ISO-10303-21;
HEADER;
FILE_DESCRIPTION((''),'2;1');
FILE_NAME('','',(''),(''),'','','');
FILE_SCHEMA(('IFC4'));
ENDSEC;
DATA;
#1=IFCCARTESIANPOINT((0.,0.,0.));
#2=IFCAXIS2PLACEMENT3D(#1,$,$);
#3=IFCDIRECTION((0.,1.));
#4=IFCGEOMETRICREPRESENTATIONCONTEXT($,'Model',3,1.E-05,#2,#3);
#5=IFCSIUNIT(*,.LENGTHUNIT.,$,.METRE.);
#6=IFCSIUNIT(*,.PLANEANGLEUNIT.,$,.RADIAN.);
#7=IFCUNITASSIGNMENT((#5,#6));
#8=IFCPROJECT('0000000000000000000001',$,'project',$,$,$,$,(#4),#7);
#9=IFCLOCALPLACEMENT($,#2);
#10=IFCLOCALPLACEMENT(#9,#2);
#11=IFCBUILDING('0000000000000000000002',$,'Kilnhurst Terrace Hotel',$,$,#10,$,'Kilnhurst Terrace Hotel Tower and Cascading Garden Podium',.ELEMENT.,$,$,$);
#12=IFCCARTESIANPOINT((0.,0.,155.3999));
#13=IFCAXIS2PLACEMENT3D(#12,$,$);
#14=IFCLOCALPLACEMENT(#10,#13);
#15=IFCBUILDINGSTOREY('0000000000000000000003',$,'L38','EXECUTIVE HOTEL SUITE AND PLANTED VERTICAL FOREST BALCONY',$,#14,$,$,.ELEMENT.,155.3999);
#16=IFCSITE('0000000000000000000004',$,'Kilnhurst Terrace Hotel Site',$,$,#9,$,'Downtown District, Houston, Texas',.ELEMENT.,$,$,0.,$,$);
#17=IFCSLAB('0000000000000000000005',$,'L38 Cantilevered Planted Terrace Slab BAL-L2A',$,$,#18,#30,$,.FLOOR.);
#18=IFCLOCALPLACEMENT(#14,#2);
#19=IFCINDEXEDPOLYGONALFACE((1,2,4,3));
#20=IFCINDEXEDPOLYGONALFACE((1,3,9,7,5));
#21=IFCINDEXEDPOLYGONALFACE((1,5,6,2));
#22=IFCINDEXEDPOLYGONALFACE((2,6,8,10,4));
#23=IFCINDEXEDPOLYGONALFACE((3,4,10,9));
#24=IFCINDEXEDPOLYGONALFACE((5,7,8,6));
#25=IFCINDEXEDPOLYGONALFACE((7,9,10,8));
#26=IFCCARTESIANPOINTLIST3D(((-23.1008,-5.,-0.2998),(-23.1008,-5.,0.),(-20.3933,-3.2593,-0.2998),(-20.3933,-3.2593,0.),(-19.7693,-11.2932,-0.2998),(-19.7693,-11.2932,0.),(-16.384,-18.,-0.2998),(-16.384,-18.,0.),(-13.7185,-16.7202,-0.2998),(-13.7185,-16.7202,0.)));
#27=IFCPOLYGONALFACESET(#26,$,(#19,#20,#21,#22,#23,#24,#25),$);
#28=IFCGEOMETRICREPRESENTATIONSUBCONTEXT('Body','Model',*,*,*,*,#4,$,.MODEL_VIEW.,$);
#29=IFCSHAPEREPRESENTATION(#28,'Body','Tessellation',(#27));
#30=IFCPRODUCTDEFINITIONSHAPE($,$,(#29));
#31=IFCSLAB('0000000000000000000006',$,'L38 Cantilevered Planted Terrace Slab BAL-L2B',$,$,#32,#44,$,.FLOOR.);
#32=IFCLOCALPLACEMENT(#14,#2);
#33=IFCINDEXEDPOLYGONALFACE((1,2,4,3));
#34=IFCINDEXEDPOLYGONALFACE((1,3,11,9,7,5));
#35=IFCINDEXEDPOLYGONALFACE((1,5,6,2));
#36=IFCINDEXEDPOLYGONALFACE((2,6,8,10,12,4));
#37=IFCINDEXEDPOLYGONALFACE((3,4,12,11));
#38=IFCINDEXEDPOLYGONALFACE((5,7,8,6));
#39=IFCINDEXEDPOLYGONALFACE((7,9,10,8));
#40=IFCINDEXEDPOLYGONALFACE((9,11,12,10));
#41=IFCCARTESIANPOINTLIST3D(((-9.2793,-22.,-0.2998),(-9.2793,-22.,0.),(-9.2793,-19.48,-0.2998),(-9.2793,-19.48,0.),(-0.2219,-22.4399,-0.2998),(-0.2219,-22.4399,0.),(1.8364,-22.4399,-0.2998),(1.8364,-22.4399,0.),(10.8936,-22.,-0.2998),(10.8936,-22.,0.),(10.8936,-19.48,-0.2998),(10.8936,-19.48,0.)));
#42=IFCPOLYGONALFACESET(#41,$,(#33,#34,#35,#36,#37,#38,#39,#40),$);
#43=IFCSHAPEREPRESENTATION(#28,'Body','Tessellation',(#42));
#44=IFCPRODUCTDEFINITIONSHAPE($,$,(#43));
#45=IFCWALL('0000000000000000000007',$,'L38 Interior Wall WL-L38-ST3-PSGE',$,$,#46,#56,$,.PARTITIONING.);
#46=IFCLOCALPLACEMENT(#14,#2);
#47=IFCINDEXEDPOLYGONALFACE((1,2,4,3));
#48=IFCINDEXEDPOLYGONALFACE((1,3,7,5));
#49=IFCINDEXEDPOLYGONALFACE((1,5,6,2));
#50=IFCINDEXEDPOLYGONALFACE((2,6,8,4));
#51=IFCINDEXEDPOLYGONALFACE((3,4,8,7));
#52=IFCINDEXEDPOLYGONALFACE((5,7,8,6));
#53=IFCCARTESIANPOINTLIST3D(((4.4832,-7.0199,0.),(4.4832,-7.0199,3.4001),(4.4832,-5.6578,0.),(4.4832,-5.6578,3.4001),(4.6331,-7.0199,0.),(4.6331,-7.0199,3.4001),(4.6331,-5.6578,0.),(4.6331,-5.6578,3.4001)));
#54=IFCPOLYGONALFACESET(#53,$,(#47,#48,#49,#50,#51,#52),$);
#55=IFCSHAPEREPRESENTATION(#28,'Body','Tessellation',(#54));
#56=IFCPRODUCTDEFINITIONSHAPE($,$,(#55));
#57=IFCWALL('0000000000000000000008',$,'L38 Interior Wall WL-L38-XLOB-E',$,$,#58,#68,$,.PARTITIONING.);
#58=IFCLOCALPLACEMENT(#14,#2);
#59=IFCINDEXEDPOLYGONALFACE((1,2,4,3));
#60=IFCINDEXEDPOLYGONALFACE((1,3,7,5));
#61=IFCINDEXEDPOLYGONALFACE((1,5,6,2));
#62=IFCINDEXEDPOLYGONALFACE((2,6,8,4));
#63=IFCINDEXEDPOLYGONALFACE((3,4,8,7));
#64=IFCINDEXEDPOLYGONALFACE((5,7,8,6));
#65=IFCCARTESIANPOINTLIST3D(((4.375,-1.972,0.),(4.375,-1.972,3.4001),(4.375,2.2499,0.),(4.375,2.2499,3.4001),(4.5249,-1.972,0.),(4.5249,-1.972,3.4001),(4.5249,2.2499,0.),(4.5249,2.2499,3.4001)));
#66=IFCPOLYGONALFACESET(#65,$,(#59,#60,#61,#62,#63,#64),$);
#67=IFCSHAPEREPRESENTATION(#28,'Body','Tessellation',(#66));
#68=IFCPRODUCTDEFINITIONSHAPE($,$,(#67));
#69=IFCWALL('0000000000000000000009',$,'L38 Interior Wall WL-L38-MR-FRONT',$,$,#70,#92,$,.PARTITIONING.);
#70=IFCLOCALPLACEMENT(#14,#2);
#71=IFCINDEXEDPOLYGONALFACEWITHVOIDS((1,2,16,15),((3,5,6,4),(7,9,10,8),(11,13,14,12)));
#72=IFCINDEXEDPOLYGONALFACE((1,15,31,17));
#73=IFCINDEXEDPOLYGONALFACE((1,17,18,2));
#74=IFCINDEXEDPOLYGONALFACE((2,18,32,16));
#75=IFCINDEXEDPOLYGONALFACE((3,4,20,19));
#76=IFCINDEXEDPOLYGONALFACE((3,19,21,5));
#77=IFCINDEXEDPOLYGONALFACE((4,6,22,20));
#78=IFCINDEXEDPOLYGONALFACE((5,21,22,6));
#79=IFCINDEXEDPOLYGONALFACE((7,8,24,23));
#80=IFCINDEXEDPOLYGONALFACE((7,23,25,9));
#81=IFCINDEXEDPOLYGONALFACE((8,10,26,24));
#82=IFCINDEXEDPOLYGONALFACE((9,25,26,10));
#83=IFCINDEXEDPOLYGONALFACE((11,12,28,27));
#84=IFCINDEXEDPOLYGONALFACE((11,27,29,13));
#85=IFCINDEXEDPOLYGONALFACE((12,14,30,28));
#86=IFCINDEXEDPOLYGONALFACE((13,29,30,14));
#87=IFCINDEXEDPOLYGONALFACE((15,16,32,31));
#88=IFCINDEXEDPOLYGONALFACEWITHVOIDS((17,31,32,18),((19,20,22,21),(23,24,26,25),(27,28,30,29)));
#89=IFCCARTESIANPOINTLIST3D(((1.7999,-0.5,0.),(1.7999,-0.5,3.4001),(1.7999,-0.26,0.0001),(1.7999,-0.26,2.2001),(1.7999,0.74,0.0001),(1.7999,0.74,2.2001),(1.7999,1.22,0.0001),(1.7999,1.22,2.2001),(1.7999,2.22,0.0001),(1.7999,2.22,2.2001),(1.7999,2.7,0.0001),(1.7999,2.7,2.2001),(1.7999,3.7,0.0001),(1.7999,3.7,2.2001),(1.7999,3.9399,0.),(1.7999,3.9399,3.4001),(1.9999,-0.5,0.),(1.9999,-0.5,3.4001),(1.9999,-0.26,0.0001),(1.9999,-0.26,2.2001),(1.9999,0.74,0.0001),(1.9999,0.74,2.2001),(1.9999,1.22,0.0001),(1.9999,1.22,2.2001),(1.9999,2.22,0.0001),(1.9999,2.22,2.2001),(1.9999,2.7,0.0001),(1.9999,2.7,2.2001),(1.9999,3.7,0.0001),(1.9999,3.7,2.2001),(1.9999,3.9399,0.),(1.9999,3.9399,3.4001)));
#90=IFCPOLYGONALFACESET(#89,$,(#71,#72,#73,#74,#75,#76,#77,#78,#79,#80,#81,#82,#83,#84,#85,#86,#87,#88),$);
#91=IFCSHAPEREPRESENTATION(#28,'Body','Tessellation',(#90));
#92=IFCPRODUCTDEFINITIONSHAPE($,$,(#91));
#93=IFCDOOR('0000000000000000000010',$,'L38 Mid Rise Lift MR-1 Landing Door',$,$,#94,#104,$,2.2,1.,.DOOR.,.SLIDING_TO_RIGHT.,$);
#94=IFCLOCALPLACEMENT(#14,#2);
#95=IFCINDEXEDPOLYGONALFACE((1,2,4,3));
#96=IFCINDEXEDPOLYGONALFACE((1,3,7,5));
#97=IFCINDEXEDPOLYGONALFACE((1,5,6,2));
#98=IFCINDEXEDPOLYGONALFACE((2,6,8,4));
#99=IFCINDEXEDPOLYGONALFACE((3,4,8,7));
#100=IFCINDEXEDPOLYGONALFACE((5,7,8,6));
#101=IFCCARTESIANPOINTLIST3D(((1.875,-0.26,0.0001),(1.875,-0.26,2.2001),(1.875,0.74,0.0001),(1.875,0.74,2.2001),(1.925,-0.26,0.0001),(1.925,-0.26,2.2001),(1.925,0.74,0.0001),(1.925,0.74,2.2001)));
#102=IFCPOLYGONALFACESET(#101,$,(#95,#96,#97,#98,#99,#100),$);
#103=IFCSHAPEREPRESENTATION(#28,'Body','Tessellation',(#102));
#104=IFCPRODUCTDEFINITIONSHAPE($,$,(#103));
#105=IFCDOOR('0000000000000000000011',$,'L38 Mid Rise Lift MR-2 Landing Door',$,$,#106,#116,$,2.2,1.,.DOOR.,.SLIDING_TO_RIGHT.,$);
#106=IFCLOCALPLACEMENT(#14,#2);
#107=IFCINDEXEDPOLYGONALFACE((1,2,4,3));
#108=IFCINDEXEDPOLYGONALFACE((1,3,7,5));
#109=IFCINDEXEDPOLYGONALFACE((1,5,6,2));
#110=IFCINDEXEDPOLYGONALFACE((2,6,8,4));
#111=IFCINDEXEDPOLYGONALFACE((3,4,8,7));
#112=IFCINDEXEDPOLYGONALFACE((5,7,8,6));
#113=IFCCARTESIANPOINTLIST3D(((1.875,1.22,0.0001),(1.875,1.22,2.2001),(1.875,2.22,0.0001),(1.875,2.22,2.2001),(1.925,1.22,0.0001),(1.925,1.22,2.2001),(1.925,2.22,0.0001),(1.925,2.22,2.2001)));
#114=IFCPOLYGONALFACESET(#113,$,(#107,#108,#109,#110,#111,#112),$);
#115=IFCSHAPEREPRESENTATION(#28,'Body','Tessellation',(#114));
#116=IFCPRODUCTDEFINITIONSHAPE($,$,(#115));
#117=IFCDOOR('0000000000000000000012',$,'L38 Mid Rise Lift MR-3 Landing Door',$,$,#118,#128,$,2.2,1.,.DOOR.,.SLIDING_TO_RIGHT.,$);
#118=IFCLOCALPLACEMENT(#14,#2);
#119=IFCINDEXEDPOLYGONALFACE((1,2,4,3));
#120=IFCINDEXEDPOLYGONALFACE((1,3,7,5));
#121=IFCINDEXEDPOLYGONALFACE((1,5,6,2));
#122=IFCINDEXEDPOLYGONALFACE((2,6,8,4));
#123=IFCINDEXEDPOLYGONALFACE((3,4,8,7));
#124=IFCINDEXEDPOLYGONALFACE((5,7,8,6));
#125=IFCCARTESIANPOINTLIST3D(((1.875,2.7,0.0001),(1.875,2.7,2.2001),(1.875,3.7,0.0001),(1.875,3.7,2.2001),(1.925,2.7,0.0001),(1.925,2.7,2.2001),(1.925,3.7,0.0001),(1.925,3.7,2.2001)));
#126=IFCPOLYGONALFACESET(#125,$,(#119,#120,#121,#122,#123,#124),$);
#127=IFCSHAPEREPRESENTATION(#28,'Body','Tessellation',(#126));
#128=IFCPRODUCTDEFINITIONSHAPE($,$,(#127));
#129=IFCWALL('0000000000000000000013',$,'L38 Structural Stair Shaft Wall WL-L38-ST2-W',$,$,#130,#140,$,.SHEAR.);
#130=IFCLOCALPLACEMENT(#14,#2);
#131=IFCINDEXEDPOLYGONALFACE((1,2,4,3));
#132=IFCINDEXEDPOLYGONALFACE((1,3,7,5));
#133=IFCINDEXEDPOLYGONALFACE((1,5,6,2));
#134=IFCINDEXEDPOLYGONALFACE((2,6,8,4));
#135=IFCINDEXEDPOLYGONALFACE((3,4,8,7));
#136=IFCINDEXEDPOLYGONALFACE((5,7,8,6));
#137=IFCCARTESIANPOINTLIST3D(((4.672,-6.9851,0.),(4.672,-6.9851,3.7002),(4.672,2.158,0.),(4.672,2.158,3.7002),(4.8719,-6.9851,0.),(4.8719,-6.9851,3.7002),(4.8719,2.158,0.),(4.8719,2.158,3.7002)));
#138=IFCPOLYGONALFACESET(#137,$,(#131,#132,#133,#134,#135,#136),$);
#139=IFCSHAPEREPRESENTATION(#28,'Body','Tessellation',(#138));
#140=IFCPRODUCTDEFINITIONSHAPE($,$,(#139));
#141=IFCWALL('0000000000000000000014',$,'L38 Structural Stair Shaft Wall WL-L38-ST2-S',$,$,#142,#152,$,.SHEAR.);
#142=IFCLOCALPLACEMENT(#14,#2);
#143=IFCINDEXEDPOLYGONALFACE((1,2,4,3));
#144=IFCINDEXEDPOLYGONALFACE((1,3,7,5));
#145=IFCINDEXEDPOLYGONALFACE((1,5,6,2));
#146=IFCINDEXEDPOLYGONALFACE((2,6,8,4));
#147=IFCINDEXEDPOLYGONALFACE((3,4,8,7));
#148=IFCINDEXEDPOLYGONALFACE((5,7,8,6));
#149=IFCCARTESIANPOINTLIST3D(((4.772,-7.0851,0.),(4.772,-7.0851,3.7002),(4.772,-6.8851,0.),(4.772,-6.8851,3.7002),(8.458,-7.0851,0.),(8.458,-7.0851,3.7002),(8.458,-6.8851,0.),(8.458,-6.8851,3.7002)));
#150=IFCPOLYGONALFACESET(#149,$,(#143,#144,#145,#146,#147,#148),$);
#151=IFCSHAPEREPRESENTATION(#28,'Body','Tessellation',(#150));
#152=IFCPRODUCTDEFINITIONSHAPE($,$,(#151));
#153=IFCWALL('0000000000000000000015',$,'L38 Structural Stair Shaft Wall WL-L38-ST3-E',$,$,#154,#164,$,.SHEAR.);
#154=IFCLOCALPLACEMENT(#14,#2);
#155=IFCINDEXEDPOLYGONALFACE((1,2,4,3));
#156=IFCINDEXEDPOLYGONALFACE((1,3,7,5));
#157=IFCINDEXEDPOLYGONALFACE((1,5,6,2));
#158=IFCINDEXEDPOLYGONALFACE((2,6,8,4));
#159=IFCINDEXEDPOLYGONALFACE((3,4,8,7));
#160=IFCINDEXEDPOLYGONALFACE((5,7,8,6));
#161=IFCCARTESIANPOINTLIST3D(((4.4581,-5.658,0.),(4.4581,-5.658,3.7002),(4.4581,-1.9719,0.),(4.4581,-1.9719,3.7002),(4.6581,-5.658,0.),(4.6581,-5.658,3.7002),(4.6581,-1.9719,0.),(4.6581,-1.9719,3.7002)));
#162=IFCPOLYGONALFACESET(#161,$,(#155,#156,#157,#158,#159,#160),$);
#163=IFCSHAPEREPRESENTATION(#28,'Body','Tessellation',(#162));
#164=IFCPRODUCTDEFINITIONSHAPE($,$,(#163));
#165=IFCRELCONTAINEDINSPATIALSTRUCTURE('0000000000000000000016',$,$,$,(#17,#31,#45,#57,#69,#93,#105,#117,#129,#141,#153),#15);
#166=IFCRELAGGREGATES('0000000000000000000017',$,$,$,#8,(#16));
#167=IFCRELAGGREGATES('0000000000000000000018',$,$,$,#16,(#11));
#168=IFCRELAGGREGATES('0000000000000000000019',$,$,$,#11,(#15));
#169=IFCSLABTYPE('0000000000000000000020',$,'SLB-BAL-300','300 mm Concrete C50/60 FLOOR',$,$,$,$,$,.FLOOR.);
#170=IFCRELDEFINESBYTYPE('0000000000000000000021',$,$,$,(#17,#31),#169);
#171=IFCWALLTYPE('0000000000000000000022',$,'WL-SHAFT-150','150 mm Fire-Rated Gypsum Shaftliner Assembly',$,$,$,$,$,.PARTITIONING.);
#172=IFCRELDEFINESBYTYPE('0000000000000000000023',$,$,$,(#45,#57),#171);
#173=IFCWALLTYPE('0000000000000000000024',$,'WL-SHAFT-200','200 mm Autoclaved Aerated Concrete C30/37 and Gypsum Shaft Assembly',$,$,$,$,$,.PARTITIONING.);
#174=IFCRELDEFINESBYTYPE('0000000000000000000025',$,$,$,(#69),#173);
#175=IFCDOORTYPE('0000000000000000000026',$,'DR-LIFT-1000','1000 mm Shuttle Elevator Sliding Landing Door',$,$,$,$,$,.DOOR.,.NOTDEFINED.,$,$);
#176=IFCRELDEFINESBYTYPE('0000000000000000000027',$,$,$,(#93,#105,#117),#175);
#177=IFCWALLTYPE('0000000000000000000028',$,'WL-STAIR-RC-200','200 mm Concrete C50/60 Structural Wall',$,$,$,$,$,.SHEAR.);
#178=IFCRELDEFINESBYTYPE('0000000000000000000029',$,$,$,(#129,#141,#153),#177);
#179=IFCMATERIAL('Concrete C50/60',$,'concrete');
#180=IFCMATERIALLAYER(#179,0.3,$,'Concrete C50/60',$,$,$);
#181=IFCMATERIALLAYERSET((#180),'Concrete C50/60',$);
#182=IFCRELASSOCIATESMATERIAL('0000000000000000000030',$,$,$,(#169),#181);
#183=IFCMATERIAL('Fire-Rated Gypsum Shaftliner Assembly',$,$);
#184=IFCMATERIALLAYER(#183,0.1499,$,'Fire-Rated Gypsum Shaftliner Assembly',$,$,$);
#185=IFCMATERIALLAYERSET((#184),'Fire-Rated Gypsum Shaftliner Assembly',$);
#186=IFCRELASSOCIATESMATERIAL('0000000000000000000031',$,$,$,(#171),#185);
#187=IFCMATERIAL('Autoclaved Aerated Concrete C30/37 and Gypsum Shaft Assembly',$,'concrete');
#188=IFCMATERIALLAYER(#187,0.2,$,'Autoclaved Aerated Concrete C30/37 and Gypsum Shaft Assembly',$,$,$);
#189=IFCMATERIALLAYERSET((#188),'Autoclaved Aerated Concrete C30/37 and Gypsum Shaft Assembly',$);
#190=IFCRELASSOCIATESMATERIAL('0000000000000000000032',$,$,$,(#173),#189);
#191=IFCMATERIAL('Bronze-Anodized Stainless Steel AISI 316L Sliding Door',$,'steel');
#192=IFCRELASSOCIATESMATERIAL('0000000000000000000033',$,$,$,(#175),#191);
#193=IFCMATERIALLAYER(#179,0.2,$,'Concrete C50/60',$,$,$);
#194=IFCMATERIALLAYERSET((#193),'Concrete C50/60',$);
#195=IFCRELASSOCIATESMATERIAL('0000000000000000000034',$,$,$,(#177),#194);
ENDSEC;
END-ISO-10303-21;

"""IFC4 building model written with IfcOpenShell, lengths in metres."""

from ifc_helpers import new_model, si_unit, direction, frame, frame_2d, origin, place, context, subcontext, project, spatial, polyline, rectangle, outline, extrude, material, layer, layer_set, type_object, element, fill, save


model = new_model("IFC4")

# Units and contexts
model_context = context("Model", 3, precision=1e-05, world=origin(), true_north=direction((0.0, 1.0)))
body_context = subcontext(model_context, "Body", "Model", "MODEL_VIEW")
ifc_project = project(units=[si_unit("LENGTHUNIT", "METRE"), si_unit("PLANEANGLEUNIT", "RADIAN")], contexts=[model_context])

# Site, building, storey
site_placement = place(None, origin())
site = spatial("IfcSite", under=ifc_project, at=site_placement, Name="Kilnhurst Terrace Hotel Site", LongName="Downtown District, Houston, Texas", CompositionType="ELEMENT", RefElevation=0.0)
building_placement = place(site_placement, origin())
building = spatial("IfcBuilding", under=site, at=building_placement, Name="Kilnhurst Terrace Hotel", LongName="Kilnhurst Terrace Hotel Tower and Cascading Garden Podium", CompositionType="ELEMENT")
storey_placement = place(building_placement, frame((0.0, 0.0, 155.3999)))
storey = spatial("IfcBuildingStorey", under=building, at=storey_placement, Name="L38", Description="EXECUTIVE HOTEL SUITE AND PLANTED VERTICAL FOREST BALCONY", CompositionType="ELEMENT", Elevation=155.3999)

# Slabs
ifc_material_1 = material(Name="Concrete C50/60", Category="concrete")
ifc_layer_1 = layer(ifc_material_1, 0.3, Name="Concrete C50/60")
ifc_layer_set_1 = layer_set([ifc_layer_1], Name="Concrete C50/60")
slab_type = type_object("IfcSlabType", Name="SLB-BAL-300", Description="300 mm Concrete C50/60 FLOOR", PredefinedType="FLOOR", material=ifc_layer_set_1)
slab_1_placement = place(storey_placement, frame((0.0, 0.0, -0.2998)))
element("IfcSlab", 1, at=slab_1_placement, inside=storey, type_object=slab_type, Name="L38 Cantilevered Planted Terrace Slab BAL-L2A", PredefinedType="FLOOR", context=body_context, shape_type="SweptSolid", body=[
    extrude(outline(polyline([(-23.1008, -5.0), (-20.3933, -3.2593), (-13.7185, -16.7202), (-16.384, -18.0), (-19.7693, -11.2932), (-23.1008, -5.0)])), origin(), (0.0, 0.0, 1.0), 0.2998),
])
slab_2_placement = place(storey_placement, frame((0.0, 0.0, -0.2998)))
element("IfcSlab", 2, at=slab_2_placement, inside=storey, type_object=slab_type, Name="L38 Cantilevered Planted Terrace Slab BAL-L2B", PredefinedType="FLOOR", context=body_context, shape_type="SweptSolid", body=[
    extrude(outline(polyline([(-0.2219, -22.4399), (-9.2793, -22.0), (-9.2793, -19.48), (10.8936, -19.48), (10.8936, -22.0), (1.8364, -22.4399), (-0.2219, -22.4399)])), origin(), (0.0, 0.0, 1.0), 0.2998),
])

# Walls
ifc_material_2 = material(Name="Fire-Rated Gypsum Shaftliner Assembly")
ifc_layer_2 = layer(ifc_material_2, 0.1499, Name="Fire-Rated Gypsum Shaftliner Assembly")
ifc_layer_set_2 = layer_set([ifc_layer_2], Name="Fire-Rated Gypsum Shaftliner Assembly")
wall_type_1 = type_object("IfcWallType", Name="WL-SHAFT-150", Description="150 mm Fire-Rated Gypsum Shaftliner Assembly", PredefinedType="PARTITIONING", material=ifc_layer_set_2)
wall_1_placement = place(storey_placement, frame((4.5581, -7.02, 0.0), z_axis=(0.0, 0.0, 1.0), x_axis=(0.0, 1.0, 0.0)))
element("IfcWall", 3, at=wall_1_placement, inside=storey, type_object=wall_type_1, Name="L38 Interior Wall WL-L38-ST3-PSGE", PredefinedType="PARTITIONING", context=body_context, shape_type="SweptSolid", body=[
    extrude(rectangle(XDim=1.3621, YDim=0.1499, at=frame_2d((0.6812, 0.0))), origin(), (0.0, 0.0, 1.0), 3.4001),
])
wall_2_placement = place(storey_placement, frame((4.45, -1.9719, 0.0), z_axis=(0.0, 0.0, 1.0), x_axis=(0.0, 1.0, 0.0)))
element("IfcWall", 4, at=wall_2_placement, inside=storey, type_object=wall_type_1, Name="L38 Interior Wall WL-L38-XLOB-E", PredefinedType="PARTITIONING", context=body_context, shape_type="SweptSolid", body=[
    extrude(rectangle(XDim=4.2219, YDim=0.1499, at=frame_2d((2.1108, 0.0))), origin(), (0.0, 0.0, 1.0), 3.4001),
])

# Wall, openings, doors
ifc_material_3 = material(Name="Autoclaved Aerated Concrete C30/37 and Gypsum Shaft Assembly", Category="concrete")
ifc_layer_3 = layer(ifc_material_3, 0.2, Name="Autoclaved Aerated Concrete C30/37 and Gypsum Shaft Assembly")
ifc_layer_set_3 = layer_set([ifc_layer_3], Name="Autoclaved Aerated Concrete C30/37 and Gypsum Shaft Assembly")
wall_type_2 = type_object("IfcWallType", Name="WL-SHAFT-200", Description="200 mm Autoclaved Aerated Concrete C30/37 and Gypsum Shaft Assembly", PredefinedType="PARTITIONING", material=ifc_layer_set_3)
wall_3_placement = place(storey_placement, frame((1.8999, -0.5, 0.0), z_axis=(0.0, 0.0, 1.0), x_axis=(0.0, 1.0, 0.0)))
wall_3 = element("IfcWall", 5, at=wall_3_placement, inside=storey, type_object=wall_type_2, Name="L38 Interior Wall WL-L38-MR-FRONT", PredefinedType="PARTITIONING", context=body_context, shape_type="SweptSolid", body=[
    extrude(rectangle(XDim=4.4399, YDim=0.2, at=frame_2d((2.22, 0.0))), origin(), (0.0, 0.0, 1.0), 3.4001),
])
opening_1_placement = place(wall_3_placement, frame((0.24, 0.0, 0.0)))
opening_1 = element("IfcOpeningElement", 6, at=opening_1_placement, cuts=wall_3, PredefinedType="OPENING", context=body_context, shape_type="SweptSolid", body=[
    extrude(rectangle(XDim=1.0, YDim=2.2, at=frame_2d((0.5, 1.1001))), frame((0.0, 0.1099, 0.0), z_axis=(0.0, -1.0, 0.0), x_axis=(1.0, 0.0, 0.0)), (0.0, 0.0, 1.0), 0.22),
])
opening_2_placement = place(wall_3_placement, frame((1.72, 0.0, 0.0)))
opening_2 = element("IfcOpeningElement", 7, at=opening_2_placement, cuts=wall_3, PredefinedType="OPENING", context=body_context, shape_type="SweptSolid", body=[
    extrude(rectangle(XDim=1.0, YDim=2.2, at=frame_2d((0.5, 1.1001))), frame((0.0, 0.1099, 0.0), z_axis=(0.0, -1.0, 0.0), x_axis=(1.0, 0.0, 0.0)), (0.0, 0.0, 1.0), 0.22),
])
opening_3_placement = place(wall_3_placement, frame((3.2, 0.0, 0.0)))
opening_3 = element("IfcOpeningElement", 8, at=opening_3_placement, cuts=wall_3, PredefinedType="OPENING", context=body_context, shape_type="SweptSolid", body=[
    extrude(rectangle(XDim=1.0, YDim=2.2, at=frame_2d((0.5, 1.1001))), frame((0.0, 0.1099, 0.0), z_axis=(0.0, -1.0, 0.0), x_axis=(1.0, 0.0, 0.0)), (0.0, 0.0, 1.0), 0.22),
])
ifc_material_4 = material(Name="Bronze-Anodized Stainless Steel AISI 316L Sliding Door", Category="steel")
door_type = type_object("IfcDoorType", Name="DR-LIFT-1000", Description="1000 mm Shuttle Elevator Sliding Landing Door", OperationType="NOTDEFINED", PredefinedType="DOOR", material=ifc_material_4)
door_1_placement = place(opening_1_placement, origin())
door_1 = element("IfcDoor", 9, at=door_1_placement, inside=storey, type_object=door_type, Name="L38 Mid Rise Lift MR-1 Landing Door", OperationType="SLIDING_TO_RIGHT", OverallHeight=2.2, OverallWidth=1.0, PredefinedType="DOOR", context=body_context, shape_type="SweptSolid", body=[
    extrude(rectangle(XDim=1.0, YDim=2.2, at=frame_2d((0.5, 1.1001))), frame((0.0, 0.0249, 0.0), z_axis=(0.0, -1.0, 0.0), x_axis=(1.0, 0.0, 0.0)), (0.0, 0.0, 1.0), 0.05),
])
fill(opening_1, door_1)
door_2_placement = place(opening_2_placement, origin())
door_2 = element("IfcDoor", 10, at=door_2_placement, inside=storey, type_object=door_type, Name="L38 Mid Rise Lift MR-2 Landing Door", OperationType="SLIDING_TO_RIGHT", OverallHeight=2.2, OverallWidth=1.0, PredefinedType="DOOR", context=body_context, shape_type="SweptSolid", body=[
    extrude(rectangle(XDim=1.0, YDim=2.2, at=frame_2d((0.5, 1.1001))), frame((0.0, 0.0249, 0.0), z_axis=(0.0, -1.0, 0.0), x_axis=(1.0, 0.0, 0.0)), (0.0, 0.0, 1.0), 0.05),
])
fill(opening_2, door_2)
door_3_placement = place(opening_3_placement, origin())
door_3 = element("IfcDoor", 11, at=door_3_placement, inside=storey, type_object=door_type, Name="L38 Mid Rise Lift MR-3 Landing Door", OperationType="SLIDING_TO_RIGHT", OverallHeight=2.2, OverallWidth=1.0, PredefinedType="DOOR", context=body_context, shape_type="SweptSolid", body=[
    extrude(rectangle(XDim=1.0, YDim=2.2, at=frame_2d((0.5, 1.1001))), frame((0.0, 0.0249, 0.0), z_axis=(0.0, -1.0, 0.0), x_axis=(1.0, 0.0, 0.0)), (0.0, 0.0, 1.0), 0.05),
])
fill(opening_3, door_3)

# Walls
ifc_layer_4 = layer(ifc_material_1, 0.2, Name="Concrete C50/60")
ifc_layer_set_4 = layer_set([ifc_layer_4], Name="Concrete C50/60")
wall_type_3 = type_object("IfcWallType", Name="WL-STAIR-RC-200", Description="200 mm Concrete C50/60 Structural Wall", PredefinedType="SHEAR", material=ifc_layer_set_4)
wall_4_placement = place(storey_placement, frame((4.772, -6.9851, 0.0), z_axis=(0.0, 0.0, 1.0), x_axis=(0.0, 1.0, 0.0)))
element("IfcWall", 12, at=wall_4_placement, inside=storey, type_object=wall_type_3, Name="L38 Structural Stair Shaft Wall WL-L38-ST2-W", PredefinedType="SHEAR", context=body_context, shape_type="SweptSolid", body=[
    extrude(rectangle(XDim=9.1431, YDim=0.2, at=frame_2d((4.5715, 0.0))), origin(), (0.0, 0.0, 1.0), 3.7002),
])
for number, where, z_axis, x_axis, name in (
    (13, (4.772, -6.9851, 0.0), (0.0, 0.0, 1.0), (1.0, 0.0, 0.0), "L38 Structural Stair Shaft Wall WL-L38-ST2-S"),
    (14, (4.5581, -5.658, 0.0), (0.0, 0.0, 1.0), (0.0, 1.0, 0.0), "L38 Structural Stair Shaft Wall WL-L38-ST3-E"),
):
    element("IfcWall", number, at=place(storey_placement, frame(where, z_axis=z_axis, x_axis=x_axis)), inside=storey, type_object=wall_type_3, Name=name, PredefinedType="SHEAR", context=body_context, shape_type="SweptSolid", body=[
        extrude(rectangle(XDim=3.686, YDim=0.2, at=frame_2d((1.843, 0.0))), origin(), (0.0, 0.0, 1.0), 3.7002),
    ])

save(model, "model.ifc")
